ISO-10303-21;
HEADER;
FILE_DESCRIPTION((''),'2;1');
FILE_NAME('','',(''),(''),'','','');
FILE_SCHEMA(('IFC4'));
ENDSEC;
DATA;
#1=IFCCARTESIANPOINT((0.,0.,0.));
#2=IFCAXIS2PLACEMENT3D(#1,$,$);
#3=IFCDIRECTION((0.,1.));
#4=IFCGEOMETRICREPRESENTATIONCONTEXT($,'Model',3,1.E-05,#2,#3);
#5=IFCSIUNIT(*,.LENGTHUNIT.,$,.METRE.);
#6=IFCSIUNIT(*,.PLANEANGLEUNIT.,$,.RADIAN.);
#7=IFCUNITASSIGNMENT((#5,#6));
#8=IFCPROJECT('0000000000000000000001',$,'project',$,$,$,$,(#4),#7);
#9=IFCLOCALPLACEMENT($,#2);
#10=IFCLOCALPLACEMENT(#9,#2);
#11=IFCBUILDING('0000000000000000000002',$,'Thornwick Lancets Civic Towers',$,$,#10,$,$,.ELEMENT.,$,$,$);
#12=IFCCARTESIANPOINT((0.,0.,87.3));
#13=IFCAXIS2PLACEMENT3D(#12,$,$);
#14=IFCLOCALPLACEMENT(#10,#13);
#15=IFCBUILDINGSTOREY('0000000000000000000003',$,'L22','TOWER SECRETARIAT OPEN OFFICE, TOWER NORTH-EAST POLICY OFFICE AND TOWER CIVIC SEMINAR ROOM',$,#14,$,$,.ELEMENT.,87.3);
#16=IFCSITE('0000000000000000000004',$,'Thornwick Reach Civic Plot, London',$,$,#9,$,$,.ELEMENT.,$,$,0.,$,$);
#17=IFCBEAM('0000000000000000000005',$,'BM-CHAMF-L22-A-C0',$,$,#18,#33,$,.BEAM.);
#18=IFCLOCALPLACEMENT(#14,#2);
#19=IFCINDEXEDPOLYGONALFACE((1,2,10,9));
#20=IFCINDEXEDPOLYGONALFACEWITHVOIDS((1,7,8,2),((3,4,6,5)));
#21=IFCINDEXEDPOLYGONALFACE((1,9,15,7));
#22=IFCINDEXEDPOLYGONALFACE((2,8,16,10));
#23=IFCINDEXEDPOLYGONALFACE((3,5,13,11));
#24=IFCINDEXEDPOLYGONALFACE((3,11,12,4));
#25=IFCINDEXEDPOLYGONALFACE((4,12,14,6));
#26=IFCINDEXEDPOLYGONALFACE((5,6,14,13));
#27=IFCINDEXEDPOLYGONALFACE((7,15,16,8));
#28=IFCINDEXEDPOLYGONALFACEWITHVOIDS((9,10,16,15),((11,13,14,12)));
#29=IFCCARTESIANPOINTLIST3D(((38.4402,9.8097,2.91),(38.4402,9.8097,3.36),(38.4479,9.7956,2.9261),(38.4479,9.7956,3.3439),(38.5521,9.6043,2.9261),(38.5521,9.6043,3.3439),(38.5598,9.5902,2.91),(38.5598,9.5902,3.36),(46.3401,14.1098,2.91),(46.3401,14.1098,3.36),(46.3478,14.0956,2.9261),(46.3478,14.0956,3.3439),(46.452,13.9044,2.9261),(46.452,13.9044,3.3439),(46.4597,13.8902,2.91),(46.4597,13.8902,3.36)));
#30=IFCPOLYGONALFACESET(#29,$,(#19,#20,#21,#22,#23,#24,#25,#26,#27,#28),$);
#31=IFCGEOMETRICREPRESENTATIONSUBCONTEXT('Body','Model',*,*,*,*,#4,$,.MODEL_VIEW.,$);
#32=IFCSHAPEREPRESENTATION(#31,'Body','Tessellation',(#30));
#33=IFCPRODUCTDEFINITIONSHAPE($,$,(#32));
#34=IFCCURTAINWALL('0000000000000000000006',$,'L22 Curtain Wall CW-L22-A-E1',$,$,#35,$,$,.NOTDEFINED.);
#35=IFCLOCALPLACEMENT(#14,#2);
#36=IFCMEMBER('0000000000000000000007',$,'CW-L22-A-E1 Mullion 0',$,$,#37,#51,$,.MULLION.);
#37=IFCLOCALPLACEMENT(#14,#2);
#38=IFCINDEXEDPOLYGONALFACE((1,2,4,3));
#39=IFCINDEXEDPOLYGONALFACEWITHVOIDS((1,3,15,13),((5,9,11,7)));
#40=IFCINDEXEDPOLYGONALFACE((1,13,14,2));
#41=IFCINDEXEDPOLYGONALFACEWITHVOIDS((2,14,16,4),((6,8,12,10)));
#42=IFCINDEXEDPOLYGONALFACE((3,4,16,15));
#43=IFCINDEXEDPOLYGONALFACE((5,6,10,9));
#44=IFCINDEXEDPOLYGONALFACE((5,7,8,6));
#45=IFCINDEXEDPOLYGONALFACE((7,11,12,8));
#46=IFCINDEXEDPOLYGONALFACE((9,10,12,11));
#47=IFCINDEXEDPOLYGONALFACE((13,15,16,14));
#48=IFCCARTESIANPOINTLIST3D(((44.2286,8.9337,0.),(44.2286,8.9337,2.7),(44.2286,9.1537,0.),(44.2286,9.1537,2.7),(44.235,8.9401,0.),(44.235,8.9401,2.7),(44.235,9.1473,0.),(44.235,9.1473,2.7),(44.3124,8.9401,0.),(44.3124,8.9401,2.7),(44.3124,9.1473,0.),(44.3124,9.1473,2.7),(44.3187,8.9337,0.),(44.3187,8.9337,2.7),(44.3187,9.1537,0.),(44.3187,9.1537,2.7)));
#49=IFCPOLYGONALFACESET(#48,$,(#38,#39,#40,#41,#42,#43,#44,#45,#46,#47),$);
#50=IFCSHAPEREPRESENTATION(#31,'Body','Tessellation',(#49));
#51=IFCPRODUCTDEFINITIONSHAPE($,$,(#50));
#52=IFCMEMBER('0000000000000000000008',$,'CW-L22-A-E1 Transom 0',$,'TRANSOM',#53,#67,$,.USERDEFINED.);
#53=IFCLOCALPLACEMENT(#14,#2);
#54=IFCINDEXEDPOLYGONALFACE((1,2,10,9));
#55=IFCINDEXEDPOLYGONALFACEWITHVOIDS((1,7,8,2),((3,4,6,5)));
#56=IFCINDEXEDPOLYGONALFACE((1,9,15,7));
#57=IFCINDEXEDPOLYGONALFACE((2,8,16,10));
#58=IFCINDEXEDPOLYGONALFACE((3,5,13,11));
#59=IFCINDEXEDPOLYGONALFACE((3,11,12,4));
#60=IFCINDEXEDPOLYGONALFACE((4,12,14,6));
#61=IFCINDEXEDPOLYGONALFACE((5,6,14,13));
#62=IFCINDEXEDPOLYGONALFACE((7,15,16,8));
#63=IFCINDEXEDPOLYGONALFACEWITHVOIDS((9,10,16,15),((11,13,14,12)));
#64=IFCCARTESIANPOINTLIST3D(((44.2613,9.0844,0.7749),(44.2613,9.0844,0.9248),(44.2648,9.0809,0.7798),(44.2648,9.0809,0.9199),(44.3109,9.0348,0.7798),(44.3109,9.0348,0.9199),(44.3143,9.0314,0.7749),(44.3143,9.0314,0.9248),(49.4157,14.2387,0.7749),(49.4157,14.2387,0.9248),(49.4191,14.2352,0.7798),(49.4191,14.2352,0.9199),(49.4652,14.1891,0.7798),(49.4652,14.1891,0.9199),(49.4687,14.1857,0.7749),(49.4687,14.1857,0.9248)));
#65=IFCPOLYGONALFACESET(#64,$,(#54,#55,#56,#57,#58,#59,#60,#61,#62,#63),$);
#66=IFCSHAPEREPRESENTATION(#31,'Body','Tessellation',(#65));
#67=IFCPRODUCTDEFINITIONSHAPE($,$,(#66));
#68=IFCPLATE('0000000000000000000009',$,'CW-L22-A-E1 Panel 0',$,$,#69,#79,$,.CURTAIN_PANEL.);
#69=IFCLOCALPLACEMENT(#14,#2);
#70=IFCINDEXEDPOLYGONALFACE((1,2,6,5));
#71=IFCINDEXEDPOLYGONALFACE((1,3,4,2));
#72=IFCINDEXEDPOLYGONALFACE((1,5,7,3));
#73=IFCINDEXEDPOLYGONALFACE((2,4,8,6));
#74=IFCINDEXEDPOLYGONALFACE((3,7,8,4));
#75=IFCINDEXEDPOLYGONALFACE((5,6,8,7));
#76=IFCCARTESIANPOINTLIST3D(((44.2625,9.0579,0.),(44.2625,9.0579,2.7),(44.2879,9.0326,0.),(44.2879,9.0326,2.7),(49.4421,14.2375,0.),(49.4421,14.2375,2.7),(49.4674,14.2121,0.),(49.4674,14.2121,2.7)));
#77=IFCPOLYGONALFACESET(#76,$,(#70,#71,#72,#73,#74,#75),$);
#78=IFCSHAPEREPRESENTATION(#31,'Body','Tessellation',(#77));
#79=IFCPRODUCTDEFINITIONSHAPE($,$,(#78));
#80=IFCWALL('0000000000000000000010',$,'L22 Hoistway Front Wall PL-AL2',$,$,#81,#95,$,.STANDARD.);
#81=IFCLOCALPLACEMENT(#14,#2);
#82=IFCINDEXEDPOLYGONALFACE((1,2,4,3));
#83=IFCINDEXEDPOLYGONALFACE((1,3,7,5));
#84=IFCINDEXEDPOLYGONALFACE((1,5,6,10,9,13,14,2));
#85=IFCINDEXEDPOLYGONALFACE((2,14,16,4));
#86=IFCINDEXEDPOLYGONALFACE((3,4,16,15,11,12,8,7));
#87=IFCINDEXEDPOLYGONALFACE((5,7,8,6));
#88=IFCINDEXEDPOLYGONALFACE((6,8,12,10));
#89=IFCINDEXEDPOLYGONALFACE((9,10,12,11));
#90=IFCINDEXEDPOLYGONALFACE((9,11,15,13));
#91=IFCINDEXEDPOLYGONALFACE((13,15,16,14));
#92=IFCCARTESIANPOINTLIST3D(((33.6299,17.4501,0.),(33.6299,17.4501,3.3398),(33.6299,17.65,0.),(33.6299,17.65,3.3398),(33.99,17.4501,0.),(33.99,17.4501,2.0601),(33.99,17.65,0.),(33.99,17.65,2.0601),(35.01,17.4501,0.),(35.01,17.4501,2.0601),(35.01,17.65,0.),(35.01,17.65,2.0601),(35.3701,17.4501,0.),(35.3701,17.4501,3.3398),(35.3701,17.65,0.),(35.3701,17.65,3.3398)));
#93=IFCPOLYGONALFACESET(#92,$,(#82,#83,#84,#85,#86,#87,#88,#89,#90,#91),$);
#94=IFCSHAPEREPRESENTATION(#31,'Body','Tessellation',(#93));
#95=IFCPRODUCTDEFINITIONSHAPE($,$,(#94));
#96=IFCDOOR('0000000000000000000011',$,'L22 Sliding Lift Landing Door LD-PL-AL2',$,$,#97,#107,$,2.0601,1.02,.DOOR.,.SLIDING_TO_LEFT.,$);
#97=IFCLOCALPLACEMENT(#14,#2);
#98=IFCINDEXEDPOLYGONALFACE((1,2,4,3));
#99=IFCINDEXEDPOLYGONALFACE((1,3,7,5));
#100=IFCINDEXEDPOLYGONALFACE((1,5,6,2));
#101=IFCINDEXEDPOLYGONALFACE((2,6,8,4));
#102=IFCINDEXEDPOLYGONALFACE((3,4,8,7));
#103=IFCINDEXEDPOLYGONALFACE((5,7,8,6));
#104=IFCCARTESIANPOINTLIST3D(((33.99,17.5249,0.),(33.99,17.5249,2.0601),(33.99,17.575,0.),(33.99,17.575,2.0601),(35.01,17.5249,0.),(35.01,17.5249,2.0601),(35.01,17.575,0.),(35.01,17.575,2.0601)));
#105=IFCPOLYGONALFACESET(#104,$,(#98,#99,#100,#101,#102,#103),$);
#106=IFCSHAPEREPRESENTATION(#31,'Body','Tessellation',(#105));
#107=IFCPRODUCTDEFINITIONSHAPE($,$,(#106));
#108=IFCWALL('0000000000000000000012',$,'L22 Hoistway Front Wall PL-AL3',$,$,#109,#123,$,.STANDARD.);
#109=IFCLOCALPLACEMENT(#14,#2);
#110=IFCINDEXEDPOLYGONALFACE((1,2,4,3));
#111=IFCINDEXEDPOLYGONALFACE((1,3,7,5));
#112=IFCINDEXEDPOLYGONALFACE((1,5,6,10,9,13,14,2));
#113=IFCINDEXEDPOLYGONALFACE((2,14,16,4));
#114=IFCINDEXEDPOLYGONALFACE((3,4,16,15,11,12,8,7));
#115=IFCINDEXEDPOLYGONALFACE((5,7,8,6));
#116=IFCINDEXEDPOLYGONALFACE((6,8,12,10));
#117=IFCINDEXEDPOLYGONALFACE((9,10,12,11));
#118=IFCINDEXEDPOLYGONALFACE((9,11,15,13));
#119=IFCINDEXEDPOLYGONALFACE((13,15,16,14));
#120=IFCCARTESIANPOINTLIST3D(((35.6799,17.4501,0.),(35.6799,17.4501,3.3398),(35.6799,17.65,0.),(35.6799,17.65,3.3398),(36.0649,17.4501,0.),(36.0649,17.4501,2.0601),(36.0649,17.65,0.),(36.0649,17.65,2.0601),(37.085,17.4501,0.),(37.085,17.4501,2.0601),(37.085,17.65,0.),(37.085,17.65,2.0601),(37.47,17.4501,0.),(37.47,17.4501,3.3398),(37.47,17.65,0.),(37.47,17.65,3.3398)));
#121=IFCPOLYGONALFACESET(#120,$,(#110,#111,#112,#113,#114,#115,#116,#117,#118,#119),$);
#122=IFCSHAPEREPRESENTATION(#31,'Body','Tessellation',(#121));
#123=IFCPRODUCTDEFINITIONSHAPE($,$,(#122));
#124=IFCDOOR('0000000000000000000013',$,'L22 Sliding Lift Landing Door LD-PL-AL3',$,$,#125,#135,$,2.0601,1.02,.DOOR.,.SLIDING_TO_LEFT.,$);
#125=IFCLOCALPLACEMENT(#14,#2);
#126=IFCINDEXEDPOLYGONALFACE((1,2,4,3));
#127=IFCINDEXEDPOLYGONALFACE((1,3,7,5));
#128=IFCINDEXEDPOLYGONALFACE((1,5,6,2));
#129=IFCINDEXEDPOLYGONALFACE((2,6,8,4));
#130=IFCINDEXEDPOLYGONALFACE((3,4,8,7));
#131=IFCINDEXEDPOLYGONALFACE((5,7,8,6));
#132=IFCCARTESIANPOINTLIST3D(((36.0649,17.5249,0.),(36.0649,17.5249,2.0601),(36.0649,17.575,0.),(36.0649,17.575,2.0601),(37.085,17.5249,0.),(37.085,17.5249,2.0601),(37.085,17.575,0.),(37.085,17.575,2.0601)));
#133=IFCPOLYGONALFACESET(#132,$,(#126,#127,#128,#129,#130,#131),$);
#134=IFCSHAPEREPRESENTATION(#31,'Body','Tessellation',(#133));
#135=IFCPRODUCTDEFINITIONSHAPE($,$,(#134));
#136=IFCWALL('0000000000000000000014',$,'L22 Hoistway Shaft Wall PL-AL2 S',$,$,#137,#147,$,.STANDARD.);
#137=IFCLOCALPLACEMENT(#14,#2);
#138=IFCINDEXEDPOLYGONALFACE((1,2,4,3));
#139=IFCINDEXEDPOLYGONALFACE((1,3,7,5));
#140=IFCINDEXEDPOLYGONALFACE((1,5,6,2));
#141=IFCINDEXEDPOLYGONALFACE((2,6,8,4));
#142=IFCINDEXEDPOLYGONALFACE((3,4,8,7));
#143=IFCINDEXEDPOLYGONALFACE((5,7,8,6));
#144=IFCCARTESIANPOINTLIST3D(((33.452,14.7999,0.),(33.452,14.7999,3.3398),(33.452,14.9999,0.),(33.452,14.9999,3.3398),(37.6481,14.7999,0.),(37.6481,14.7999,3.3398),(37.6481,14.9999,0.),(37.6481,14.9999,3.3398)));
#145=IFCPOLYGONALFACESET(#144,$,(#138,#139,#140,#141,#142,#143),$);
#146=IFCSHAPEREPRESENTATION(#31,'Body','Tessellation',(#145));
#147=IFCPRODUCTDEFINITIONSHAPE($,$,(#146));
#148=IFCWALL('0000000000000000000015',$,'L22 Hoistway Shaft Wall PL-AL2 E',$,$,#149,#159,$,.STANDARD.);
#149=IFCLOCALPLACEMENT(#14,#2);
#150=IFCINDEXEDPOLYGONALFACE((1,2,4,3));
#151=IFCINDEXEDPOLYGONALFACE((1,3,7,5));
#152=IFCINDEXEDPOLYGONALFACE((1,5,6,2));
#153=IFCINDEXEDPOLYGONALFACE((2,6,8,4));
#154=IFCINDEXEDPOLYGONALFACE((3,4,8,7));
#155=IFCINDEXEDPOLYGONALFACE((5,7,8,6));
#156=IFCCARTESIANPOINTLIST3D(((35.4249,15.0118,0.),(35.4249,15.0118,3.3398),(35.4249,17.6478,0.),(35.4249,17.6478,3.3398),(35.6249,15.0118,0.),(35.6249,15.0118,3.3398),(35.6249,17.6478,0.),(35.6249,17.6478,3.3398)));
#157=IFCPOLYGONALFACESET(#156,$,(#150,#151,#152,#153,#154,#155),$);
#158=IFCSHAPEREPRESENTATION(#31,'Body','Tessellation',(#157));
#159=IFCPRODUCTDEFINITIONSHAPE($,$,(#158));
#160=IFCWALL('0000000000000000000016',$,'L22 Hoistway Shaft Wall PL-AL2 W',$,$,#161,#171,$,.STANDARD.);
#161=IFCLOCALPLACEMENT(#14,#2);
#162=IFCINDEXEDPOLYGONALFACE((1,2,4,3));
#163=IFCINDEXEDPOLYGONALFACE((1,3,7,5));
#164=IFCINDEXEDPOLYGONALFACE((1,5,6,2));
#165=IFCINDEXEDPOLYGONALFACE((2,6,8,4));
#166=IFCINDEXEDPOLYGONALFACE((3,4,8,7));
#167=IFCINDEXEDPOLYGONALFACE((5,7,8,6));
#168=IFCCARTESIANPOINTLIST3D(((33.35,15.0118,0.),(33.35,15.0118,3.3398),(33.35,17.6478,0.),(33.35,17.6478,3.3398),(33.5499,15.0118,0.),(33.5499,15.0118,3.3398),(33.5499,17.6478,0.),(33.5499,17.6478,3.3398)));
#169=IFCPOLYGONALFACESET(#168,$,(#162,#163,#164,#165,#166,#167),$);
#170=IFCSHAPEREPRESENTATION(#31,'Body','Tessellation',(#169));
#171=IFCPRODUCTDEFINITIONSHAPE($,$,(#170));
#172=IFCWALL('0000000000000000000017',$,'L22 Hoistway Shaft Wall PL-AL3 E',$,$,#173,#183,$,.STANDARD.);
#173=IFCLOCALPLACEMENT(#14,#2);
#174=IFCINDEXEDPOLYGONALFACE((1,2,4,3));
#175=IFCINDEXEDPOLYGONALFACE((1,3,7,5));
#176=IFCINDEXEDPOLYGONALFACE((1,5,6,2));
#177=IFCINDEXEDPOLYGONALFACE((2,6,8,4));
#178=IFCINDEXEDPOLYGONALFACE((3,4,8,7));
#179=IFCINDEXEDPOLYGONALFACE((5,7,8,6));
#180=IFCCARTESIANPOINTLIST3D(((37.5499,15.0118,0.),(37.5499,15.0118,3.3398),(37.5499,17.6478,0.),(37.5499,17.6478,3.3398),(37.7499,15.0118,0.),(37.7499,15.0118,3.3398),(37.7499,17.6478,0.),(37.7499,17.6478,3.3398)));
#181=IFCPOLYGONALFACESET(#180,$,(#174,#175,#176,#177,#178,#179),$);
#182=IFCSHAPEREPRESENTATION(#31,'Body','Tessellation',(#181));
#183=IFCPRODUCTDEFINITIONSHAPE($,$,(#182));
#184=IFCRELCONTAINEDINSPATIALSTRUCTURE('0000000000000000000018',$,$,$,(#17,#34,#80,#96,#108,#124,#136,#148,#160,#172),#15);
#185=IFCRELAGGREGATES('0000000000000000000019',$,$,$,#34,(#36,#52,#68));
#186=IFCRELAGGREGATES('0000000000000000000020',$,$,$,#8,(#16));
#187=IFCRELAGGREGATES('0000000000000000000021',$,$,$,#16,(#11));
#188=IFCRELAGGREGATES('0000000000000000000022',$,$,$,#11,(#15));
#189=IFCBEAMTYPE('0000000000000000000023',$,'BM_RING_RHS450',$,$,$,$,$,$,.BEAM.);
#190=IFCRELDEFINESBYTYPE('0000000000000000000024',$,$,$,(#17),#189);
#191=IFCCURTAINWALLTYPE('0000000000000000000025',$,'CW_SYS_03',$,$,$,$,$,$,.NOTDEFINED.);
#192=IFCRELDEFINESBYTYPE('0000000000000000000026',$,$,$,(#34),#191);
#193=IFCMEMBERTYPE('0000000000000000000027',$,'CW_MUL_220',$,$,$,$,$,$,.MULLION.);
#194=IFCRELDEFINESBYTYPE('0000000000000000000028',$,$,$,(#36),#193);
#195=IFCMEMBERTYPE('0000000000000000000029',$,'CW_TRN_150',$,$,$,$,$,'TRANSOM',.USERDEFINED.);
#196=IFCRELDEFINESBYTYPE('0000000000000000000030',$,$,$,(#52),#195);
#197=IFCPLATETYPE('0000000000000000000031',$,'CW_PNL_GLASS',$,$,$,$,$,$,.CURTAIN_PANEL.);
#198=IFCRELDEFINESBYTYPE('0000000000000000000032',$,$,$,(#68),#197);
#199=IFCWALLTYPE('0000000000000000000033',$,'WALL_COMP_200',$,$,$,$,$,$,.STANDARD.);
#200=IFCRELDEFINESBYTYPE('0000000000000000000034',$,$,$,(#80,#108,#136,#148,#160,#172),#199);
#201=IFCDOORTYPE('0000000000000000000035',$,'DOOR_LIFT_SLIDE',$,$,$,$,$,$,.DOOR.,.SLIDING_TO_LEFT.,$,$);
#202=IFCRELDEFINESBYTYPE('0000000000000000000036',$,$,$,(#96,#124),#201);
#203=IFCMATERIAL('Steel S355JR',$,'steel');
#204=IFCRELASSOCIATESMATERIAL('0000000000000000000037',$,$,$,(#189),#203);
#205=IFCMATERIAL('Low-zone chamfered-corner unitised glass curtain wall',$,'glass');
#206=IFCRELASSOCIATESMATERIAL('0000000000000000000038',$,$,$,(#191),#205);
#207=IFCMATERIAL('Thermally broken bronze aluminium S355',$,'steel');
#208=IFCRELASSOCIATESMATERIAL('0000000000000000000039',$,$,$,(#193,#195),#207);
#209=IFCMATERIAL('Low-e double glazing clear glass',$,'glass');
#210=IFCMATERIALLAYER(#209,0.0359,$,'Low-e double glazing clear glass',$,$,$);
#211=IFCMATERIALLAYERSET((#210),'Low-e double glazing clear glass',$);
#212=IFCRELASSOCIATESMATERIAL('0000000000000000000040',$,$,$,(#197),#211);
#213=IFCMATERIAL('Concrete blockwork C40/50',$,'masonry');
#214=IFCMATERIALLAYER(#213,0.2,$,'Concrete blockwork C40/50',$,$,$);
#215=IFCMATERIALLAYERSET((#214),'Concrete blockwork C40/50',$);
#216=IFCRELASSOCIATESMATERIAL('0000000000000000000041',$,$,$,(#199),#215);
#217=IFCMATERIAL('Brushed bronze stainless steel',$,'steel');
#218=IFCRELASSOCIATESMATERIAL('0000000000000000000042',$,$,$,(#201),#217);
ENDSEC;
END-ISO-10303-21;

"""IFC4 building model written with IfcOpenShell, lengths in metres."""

from ifc_helpers import new_model, si_unit, direction, frame, frame_2d, origin, origin_2d, place, context, subcontext, project, spatial, rectangle, hollow_rectangle, extrude, material, layer, layer_set, material_profile, profile_set, type_object, element, fill, aggregate, save


model = new_model("IFC4")

# Units and contexts
model_context = context("Model", 3, precision=1e-05, world=origin(), true_north=direction((0.0, 1.0)))
body_context = subcontext(model_context, "Body", "Model", "MODEL_VIEW")
ifc_project = project(units=[si_unit("LENGTHUNIT", "METRE"), si_unit("PLANEANGLEUNIT", "RADIAN")], contexts=[model_context])

# Site, building, storey
site_placement = place(None, origin())
site = spatial("IfcSite", under=ifc_project, at=site_placement, Name="Thornwick Reach Civic Plot, London", CompositionType="ELEMENT", RefElevation=0.0)
building_placement = place(site_placement, origin())
building = spatial("IfcBuilding", under=site, at=building_placement, Name="Thornwick Lancets Civic Towers", CompositionType="ELEMENT")
storey_placement = place(building_placement, frame((0.0, 0.0, 87.3)))
storey = spatial("IfcBuildingStorey", under=building, at=storey_placement, Name="L22", Description="TOWER SECRETARIAT OPEN OFFICE, TOWER NORTH-EAST POLICY OFFICE AND TOWER CIVIC SEMINAR ROOM", CompositionType="ELEMENT", Elevation=87.3)

# Beam
ifc_material_1 = material(Name="Steel S355JR", Category="steel")
ifc_material_profile_1 = material_profile(ifc_material_1, hollow_rectangle(XDim=0.25, YDim=0.45, WallThickness=0.0161, at=origin_2d()), Name="RHS 450x250x16")
ifc_profile_set_1 = profile_set([ifc_material_profile_1], Name="Steel S355JR")
beam_type_1 = type_object("IfcBeamType", Name="BM_RING_RHS450", PredefinedType="BEAM", material=ifc_profile_set_1)
beam_1_placement = place(storey_placement, frame((38.5, 9.7, 3.135), z_axis=(0.878315, 0.478082, 0.0), x_axis=(-0.478082, 0.878315, 0.0)))
element("IfcBeam", 1, at=beam_1_placement, inside=storey, type_object=beam_type_1, Name="BM-CHAMF-L22-A-C0", PredefinedType="BEAM", context=body_context, shape_type="SweptSolid", body=[
    extrude(hollow_rectangle(XDim=0.25, YDim=0.45, WallThickness=0.0161, at=origin_2d()), origin(), (0.0, 0.0, 1.0), 8.9944),
])

# Curtain wall, members, plate
ifc_material_2 = material(Name="Low-zone chamfered-corner unitised glass curtain wall", Category="glass")
curtain_wall_type = type_object("IfcCurtainWallType", Name="CW_SYS_03", PredefinedType="NOTDEFINED", material=ifc_material_2)
curtain_wall_placement = place(storey_placement, origin())
curtain_wall = element("IfcCurtainWall", 2, at=curtain_wall_placement, inside=storey, type_object=curtain_wall_type, Name="L22 Curtain Wall CW-L22-A-E1", PredefinedType="NOTDEFINED")
ifc_material_3 = material(Name="Thermally broken bronze aluminium S355", Category="steel")
ifc_material_profile_2 = material_profile(ifc_material_3, hollow_rectangle(XDim=0.0901, YDim=0.22, WallThickness=0.0063, at=origin_2d()), Name="RHS 220x90x6.3")
ifc_profile_set_2 = profile_set([ifc_material_profile_2], Name="Thermally broken bronze aluminium S355")
member_type_1 = type_object("IfcMemberType", Name="CW_MUL_220", PredefinedType="MULLION", material=ifc_profile_set_2)
member_1_placement = place(storey_placement, frame((44.2737, 9.0437, 0.0), z_axis=(0.0, 0.0, 1.0), x_axis=(1.0, 0.0, 0.0)))
member_1 = element("IfcMember", 3, at=member_1_placement, type_object=member_type_1, Name="CW-L22-A-E1 Mullion 0", PredefinedType="MULLION", context=body_context, shape_type="SweptSolid", body=[
    extrude(hollow_rectangle(XDim=0.0901, YDim=0.22, WallThickness=0.0063, at=origin_2d()), origin(), (0.0, 0.0, 1.0), 2.7),
])
ifc_material_profile_3 = material_profile(ifc_material_3, hollow_rectangle(XDim=0.075, YDim=0.1499, WallThickness=0.0049, at=origin_2d()), Name="RHS 150x75x5")
ifc_profile_set_3 = profile_set([ifc_material_profile_3], Name="Thermally broken bronze aluminium S355")
member_type_2 = type_object("IfcMemberType", Name="CW_TRN_150", ElementType="TRANSOM", PredefinedType="USERDEFINED", material=ifc_profile_set_3)
member_2_placement = place(storey_placement, frame((44.2878, 9.0579, 0.8499), z_axis=(0.707107, 0.707107, 0.0), x_axis=(-0.707107, 0.707107, 0.0)))
member_2 = element("IfcMember", 4, at=member_2_placement, type_object=member_type_2, Name="CW-L22-A-E1 Transom 0", ObjectType="TRANSOM", PredefinedType="USERDEFINED", context=body_context, shape_type="SweptSolid", body=[
    extrude(hollow_rectangle(XDim=0.075, YDim=0.1499, WallThickness=0.0049, at=origin_2d()), origin(), (0.0, 0.0, 1.0), 7.2893),
])
ifc_material_4 = material(Name="Low-e double glazing clear glass", Category="glass")
ifc_layer_1 = layer(ifc_material_4, 0.0359, Name="Low-e double glazing clear glass")
ifc_layer_set_1 = layer_set([ifc_layer_1], Name="Low-e double glazing clear glass")
plate_type = type_object("IfcPlateType", Name="CW_PNL_GLASS", PredefinedType="CURTAIN_PANEL", material=ifc_layer_set_1)
plate_placement = place(storey_placement, frame((46.865, 11.635, 0.0), z_axis=(0.0, 0.0, 1.0), x_axis=(0.707107, 0.707107, 0.0)))
plate = element("IfcPlate", 5, at=plate_placement, type_object=plate_type, Name="CW-L22-A-E1 Panel 0", PredefinedType="CURTAIN_PANEL", context=body_context, shape_type="SweptSolid", body=[
    extrude(rectangle(XDim=7.325, YDim=0.0359, at=origin_2d()), origin(), (0.0, 0.0, 1.0), 2.7),
])
aggregate(curtain_wall, [member_1, member_2, plate])

# Walls, openings, doors
ifc_material_5 = material(Name="Concrete blockwork C40/50", Category="masonry")
ifc_layer_2 = layer(ifc_material_5, 0.2, Name="Concrete blockwork C40/50")
ifc_layer_set_2 = layer_set([ifc_layer_2], Name="Concrete blockwork C40/50")
wall_type_1 = type_object("IfcWallType", Name="WALL_COMP_200", PredefinedType="STANDARD", material=ifc_layer_set_2)
wall_1_placement = place(storey_placement, frame((33.6299, 17.55, 0.0), z_axis=(0.0, 0.0, 1.0), x_axis=(1.0, 0.0, 0.0)))
wall_1 = element("IfcWall", 6, at=wall_1_placement, inside=storey, type_object=wall_type_1, Name="L22 Hoistway Front Wall PL-AL2", PredefinedType="STANDARD", context=body_context, shape_type="SweptSolid", body=[
    extrude(rectangle(XDim=1.7402, YDim=0.2, at=frame_2d((0.8701, 0.0))), origin(), (0.0, 0.0, 1.0), 3.3398),
])
opening_1_placement = place(wall_1_placement, frame((0.3601, 0.0, 0.0)))
opening_1 = element("IfcOpeningElement", 7, at=opening_1_placement, cuts=wall_1, PredefinedType="OPENING", context=body_context, shape_type="SweptSolid", body=[
    extrude(rectangle(XDim=1.02, YDim=2.0601, at=frame_2d((0.51, 1.03))), frame((0.0, 0.1099, 0.0), z_axis=(0.0, -1.0, 0.0), x_axis=(1.0, 0.0, 0.0)), (0.0, 0.0, 1.0), 0.22),
])
ifc_material_6 = material(Name="Brushed bronze stainless steel", Category="steel")
door_type_1 = type_object("IfcDoorType", Name="DOOR_LIFT_SLIDE", OperationType="SLIDING_TO_LEFT", PredefinedType="DOOR", material=ifc_material_6)
door_1_placement = place(opening_1_placement, origin())
door_1 = element("IfcDoor", 8, at=door_1_placement, inside=storey, type_object=door_type_1, Name="L22 Sliding Lift Landing Door LD-PL-AL2", OperationType="SLIDING_TO_LEFT", OverallHeight=2.0601, OverallWidth=1.02, PredefinedType="DOOR", context=body_context, shape_type="SweptSolid", body=[
    extrude(rectangle(XDim=1.02, YDim=2.0601, at=frame_2d((0.51, 1.03))), frame((0.0, 0.0249, 0.0), z_axis=(0.0, -1.0, 0.0), x_axis=(1.0, 0.0, 0.0)), (0.0, 0.0, 1.0), 0.05),
])
fill(opening_1, door_1)
wall_2_placement = place(storey_placement, frame((35.6799, 17.55, 0.0), z_axis=(0.0, 0.0, 1.0), x_axis=(1.0, 0.0, 0.0)))
wall_2 = element("IfcWall", 9, at=wall_2_placement, inside=storey, type_object=wall_type_1, Name="L22 Hoistway Front Wall PL-AL3", PredefinedType="STANDARD", context=body_context, shape_type="SweptSolid", body=[
    extrude(rectangle(XDim=1.79, YDim=0.2, at=frame_2d((0.895, 0.0))), origin(), (0.0, 0.0, 1.0), 3.3398),
])
opening_2_placement = place(wall_2_placement, frame((0.385, 0.0, 0.0)))
opening_2 = element("IfcOpeningElement", 10, at=opening_2_placement, cuts=wall_2, PredefinedType="OPENING", context=body_context, shape_type="SweptSolid", body=[
    extrude(rectangle(XDim=1.02, YDim=2.0601, at=frame_2d((0.51, 1.03))), frame((0.0, 0.1099, 0.0), z_axis=(0.0, -1.0, 0.0), x_axis=(1.0, 0.0, 0.0)), (0.0, 0.0, 1.0), 0.22),
])
door_2_placement = place(opening_2_placement, origin())
door_2 = element("IfcDoor", 11, at=door_2_placement, inside=storey, type_object=door_type_1, Name="L22 Sliding Lift Landing Door LD-PL-AL3", OperationType="SLIDING_TO_LEFT", OverallHeight=2.0601, OverallWidth=1.02, PredefinedType="DOOR", context=body_context, shape_type="SweptSolid", body=[
    extrude(rectangle(XDim=1.02, YDim=2.0601, at=frame_2d((0.51, 1.03))), frame((0.0, 0.0249, 0.0), z_axis=(0.0, -1.0, 0.0), x_axis=(1.0, 0.0, 0.0)), (0.0, 0.0, 1.0), 0.05),
])
fill(opening_2, door_2)

# Walls
wall_3_placement = place(storey_placement, frame((33.4519, 14.8999, 0.0), z_axis=(0.0, 0.0, 1.0), x_axis=(1.0, 0.0, 0.0)))
element("IfcWall", 12, at=wall_3_placement, inside=storey, type_object=wall_type_1, Name="L22 Hoistway Shaft Wall PL-AL2 S", PredefinedType="STANDARD", context=body_context, shape_type="SweptSolid", body=[
    extrude(rectangle(XDim=4.196, YDim=0.2, at=frame_2d((2.0981, 0.0))), origin(), (0.0, 0.0, 1.0), 3.3398),
])
for number, where, z_axis, x_axis, name in (
    (13, (35.5249, 15.012, 0.0), (0.0, 0.0, 1.0), (0.0, 1.0, 0.0), "L22 Hoistway Shaft Wall PL-AL2 E"),
    (14, (33.45, 15.012, 0.0), (0.0, 0.0, 1.0), (0.0, 1.0, 0.0), "L22 Hoistway Shaft Wall PL-AL2 W"),
    (15, (37.6499, 15.012, 0.0), (0.0, 0.0, 1.0), (0.0, 1.0, 0.0), "L22 Hoistway Shaft Wall PL-AL3 E"),
):
    element("IfcWall", number, at=place(storey_placement, frame(where, z_axis=z_axis, x_axis=x_axis)), inside=storey, type_object=wall_type_1, Name=name, PredefinedType="STANDARD", context=body_context, shape_type="SweptSolid", body=[
        extrude(rectangle(XDim=2.636, YDim=0.2, at=frame_2d((1.3179, 0.0))), origin(), (0.0, 0.0, 1.0), 3.3398),
    ])

save(model, "model.ifc")
